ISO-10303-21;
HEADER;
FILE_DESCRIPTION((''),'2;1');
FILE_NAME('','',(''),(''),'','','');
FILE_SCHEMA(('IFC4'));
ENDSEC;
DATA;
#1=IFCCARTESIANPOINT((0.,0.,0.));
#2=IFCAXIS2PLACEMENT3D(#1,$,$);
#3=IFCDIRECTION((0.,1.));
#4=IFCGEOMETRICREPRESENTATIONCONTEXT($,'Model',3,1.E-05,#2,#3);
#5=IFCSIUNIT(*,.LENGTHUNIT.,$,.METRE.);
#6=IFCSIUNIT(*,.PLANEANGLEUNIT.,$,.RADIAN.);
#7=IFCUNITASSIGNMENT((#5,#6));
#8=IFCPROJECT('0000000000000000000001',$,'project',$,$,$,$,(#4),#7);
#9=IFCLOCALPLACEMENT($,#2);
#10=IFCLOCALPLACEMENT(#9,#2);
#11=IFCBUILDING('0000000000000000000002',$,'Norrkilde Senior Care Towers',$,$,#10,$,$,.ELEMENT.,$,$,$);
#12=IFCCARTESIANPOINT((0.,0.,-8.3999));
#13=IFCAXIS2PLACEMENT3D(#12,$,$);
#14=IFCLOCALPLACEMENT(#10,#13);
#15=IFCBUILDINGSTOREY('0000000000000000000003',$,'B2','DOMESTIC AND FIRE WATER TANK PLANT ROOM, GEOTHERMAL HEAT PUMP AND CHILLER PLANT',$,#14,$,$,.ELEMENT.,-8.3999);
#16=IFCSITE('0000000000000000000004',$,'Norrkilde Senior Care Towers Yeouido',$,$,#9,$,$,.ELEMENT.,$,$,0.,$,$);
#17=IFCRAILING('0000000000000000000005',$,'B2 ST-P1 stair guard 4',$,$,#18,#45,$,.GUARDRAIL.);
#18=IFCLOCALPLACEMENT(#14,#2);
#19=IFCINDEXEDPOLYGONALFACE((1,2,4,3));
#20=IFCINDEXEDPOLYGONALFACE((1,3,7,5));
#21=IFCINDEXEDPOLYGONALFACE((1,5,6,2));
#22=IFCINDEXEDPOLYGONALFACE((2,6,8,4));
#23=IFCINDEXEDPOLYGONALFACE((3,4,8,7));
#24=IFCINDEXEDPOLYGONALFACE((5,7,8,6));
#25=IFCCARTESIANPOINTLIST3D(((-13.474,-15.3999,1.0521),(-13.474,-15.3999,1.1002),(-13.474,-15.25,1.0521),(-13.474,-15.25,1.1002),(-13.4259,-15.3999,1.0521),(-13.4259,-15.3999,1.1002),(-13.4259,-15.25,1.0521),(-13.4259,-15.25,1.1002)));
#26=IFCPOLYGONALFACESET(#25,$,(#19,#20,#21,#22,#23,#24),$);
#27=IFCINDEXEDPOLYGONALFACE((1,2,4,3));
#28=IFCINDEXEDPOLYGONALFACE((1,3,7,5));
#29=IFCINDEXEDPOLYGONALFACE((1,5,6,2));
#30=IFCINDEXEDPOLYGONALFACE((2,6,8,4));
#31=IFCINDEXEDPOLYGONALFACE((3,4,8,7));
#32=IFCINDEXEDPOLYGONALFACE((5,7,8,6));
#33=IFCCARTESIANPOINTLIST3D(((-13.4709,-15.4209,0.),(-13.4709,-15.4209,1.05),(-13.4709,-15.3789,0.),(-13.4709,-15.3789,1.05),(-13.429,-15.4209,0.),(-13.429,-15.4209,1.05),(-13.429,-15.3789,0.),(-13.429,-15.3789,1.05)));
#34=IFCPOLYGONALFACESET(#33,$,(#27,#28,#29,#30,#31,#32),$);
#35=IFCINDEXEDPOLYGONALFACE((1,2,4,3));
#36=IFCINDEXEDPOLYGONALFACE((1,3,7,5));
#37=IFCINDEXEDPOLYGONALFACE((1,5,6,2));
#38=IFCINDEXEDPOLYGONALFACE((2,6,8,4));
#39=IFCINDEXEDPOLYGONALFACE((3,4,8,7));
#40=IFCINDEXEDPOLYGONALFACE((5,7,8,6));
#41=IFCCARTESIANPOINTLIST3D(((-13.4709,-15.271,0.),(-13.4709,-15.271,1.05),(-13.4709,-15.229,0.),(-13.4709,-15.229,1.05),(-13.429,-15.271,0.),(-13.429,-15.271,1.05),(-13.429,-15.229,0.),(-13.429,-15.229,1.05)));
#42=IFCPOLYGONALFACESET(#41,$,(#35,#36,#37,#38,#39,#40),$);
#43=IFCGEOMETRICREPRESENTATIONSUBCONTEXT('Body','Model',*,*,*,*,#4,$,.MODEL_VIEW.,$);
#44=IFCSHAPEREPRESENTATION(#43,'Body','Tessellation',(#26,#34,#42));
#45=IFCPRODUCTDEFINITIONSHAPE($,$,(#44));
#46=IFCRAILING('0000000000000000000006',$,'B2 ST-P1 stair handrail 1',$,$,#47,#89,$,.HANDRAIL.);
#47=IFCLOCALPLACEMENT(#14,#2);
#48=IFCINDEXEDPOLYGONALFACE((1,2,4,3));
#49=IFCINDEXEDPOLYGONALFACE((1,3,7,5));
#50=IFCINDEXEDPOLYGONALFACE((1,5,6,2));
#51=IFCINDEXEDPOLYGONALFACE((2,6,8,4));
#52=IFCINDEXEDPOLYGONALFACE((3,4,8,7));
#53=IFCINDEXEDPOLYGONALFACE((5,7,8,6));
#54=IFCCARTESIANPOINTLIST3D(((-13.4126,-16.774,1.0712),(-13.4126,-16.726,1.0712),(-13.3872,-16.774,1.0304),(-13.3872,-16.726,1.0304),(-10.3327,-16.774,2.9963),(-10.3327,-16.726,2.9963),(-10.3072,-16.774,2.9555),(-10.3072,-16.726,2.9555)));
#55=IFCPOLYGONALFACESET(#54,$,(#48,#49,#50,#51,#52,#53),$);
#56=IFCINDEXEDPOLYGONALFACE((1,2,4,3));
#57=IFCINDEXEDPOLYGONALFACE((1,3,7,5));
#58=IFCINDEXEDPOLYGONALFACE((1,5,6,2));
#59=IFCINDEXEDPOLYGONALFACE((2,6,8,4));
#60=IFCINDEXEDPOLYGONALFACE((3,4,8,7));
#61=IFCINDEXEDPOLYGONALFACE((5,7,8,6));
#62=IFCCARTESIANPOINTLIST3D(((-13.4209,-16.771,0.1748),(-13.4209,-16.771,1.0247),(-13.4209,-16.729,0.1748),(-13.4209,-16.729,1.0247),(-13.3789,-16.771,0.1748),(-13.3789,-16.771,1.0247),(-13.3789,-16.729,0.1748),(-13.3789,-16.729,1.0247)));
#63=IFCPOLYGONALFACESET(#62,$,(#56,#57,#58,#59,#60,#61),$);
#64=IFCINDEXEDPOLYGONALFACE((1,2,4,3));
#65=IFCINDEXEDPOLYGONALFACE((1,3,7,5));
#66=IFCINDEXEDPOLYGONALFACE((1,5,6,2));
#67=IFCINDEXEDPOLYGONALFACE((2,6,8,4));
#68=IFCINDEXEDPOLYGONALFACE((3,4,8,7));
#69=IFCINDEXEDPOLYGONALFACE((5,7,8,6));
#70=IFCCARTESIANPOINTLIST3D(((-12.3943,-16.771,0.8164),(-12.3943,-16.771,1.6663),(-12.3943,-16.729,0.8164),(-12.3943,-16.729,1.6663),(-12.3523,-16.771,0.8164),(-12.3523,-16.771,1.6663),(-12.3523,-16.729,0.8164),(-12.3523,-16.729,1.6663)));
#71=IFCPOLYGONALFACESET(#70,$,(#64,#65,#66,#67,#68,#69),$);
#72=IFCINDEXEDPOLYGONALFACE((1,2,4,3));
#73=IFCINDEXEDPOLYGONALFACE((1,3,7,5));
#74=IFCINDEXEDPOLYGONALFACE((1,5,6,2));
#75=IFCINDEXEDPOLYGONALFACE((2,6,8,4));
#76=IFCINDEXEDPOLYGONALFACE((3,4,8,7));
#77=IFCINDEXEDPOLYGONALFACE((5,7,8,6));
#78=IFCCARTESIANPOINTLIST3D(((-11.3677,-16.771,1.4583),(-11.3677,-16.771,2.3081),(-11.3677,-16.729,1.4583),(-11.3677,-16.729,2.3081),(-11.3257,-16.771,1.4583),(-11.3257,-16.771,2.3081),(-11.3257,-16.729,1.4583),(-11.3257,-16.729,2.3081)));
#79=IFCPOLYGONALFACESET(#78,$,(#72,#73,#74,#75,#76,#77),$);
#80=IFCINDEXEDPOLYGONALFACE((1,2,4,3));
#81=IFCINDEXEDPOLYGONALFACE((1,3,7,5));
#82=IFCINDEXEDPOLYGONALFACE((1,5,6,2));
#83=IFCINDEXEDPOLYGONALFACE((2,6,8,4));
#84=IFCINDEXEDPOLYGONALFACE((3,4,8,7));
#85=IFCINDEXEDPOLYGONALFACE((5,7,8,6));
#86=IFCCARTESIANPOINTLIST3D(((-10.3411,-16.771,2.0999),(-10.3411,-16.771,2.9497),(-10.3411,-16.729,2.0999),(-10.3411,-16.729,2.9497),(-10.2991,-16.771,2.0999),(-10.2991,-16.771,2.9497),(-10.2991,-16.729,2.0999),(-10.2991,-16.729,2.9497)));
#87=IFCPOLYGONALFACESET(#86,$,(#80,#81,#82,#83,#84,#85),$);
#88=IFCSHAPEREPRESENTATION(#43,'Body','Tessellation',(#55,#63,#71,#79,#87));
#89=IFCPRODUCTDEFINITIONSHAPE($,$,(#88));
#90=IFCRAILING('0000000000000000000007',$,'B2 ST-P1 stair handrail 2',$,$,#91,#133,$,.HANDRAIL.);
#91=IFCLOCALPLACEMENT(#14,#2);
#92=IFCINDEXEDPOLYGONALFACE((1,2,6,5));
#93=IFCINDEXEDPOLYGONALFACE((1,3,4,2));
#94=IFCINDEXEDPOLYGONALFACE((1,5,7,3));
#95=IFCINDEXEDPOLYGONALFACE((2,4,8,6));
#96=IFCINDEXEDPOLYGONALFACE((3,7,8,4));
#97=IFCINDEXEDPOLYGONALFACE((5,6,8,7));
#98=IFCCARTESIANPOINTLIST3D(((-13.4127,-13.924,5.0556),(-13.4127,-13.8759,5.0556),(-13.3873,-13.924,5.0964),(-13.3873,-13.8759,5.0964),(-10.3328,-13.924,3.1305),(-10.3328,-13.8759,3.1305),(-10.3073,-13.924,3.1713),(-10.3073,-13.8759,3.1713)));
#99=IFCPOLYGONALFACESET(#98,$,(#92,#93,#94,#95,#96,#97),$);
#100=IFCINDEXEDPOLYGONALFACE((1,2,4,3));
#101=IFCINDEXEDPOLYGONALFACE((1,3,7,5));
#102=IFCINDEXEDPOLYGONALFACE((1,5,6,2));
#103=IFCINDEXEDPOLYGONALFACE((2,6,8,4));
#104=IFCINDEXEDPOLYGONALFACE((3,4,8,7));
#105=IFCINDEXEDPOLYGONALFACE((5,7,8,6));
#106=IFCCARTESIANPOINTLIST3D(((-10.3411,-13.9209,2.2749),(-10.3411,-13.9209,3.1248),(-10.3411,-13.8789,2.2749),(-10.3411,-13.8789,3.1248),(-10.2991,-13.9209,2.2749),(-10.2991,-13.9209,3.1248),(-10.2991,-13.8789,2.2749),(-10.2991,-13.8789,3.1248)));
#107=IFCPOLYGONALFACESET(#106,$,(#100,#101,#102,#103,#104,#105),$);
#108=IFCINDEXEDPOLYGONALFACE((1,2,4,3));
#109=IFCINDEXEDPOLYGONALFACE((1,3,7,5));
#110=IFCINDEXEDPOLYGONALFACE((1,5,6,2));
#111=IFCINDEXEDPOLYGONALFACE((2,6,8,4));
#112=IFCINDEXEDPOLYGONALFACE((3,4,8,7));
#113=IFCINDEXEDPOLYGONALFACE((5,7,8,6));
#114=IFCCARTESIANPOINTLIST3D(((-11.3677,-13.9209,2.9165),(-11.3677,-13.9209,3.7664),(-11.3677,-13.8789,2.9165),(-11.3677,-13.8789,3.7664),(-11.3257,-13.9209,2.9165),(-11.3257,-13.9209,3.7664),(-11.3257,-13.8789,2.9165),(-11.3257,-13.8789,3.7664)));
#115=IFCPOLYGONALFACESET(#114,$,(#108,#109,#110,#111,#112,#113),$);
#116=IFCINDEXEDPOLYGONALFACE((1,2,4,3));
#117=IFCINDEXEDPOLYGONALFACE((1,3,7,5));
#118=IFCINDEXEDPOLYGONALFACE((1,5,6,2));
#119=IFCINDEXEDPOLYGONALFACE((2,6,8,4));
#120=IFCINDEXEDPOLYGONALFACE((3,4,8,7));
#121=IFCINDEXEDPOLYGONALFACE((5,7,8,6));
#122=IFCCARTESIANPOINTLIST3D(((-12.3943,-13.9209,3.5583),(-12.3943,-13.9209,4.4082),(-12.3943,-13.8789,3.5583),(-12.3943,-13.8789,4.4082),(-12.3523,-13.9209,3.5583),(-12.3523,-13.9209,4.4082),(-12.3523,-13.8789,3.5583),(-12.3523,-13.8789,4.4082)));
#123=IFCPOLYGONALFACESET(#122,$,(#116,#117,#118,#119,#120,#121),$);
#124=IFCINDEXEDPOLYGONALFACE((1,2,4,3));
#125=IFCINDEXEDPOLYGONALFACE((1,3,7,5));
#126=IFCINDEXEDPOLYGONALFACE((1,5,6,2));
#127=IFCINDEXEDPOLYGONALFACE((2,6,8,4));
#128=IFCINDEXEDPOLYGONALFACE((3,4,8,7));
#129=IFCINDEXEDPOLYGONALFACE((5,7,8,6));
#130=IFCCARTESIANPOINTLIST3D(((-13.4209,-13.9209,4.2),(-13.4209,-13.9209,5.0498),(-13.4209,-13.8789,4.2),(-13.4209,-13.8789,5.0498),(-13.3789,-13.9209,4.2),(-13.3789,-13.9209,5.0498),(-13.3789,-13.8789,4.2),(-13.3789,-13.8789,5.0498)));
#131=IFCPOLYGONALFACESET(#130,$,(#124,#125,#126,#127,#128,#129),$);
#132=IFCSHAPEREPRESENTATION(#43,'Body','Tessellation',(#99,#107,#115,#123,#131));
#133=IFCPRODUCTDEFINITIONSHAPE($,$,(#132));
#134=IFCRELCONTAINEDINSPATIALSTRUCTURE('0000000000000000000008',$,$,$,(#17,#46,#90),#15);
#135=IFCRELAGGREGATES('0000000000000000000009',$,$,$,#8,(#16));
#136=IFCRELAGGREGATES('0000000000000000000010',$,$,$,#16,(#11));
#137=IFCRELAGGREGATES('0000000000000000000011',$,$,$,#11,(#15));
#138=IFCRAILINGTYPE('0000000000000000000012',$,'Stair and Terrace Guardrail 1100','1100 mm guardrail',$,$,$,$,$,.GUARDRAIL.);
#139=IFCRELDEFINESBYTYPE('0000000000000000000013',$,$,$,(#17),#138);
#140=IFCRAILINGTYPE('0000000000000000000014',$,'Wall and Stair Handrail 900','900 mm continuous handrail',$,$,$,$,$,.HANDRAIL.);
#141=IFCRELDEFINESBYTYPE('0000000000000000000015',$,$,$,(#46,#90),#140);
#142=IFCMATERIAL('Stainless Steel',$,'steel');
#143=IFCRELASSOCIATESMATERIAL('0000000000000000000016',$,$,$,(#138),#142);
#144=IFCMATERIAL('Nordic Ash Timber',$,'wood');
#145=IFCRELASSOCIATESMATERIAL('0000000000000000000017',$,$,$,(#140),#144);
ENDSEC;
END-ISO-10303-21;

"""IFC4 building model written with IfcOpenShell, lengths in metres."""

from ifc_helpers import new_model, si_unit, direction, frame, origin, origin_2d, place, context, subcontext, project, spatial, rectangle, extrude, material, type_object, element, save


model = new_model("IFC4")

# Units and contexts
model_context = context("Model", 3, precision=1e-05, world=origin(), true_north=direction((0.0, 1.0)))
body_context = subcontext(model_context, "Body", "Model", "MODEL_VIEW")
ifc_project = project(units=[si_unit("LENGTHUNIT", "METRE"), si_unit("PLANEANGLEUNIT", "RADIAN")], contexts=[model_context])

# Site, building, storey
site_placement = place(None, origin())
site = spatial("IfcSite", under=ifc_project, at=site_placement, Name="Norrkilde Senior Care Towers Yeouido", CompositionType="ELEMENT", RefElevation=0.0)
building_placement = place(site_placement, origin())
building = spatial("IfcBuilding", under=site, at=building_placement, Name="Norrkilde Senior Care Towers", CompositionType="ELEMENT")
storey_placement = place(building_placement, frame((0.0, 0.0, -8.3999)))
storey = spatial("IfcBuildingStorey", under=building, at=storey_placement, Name="B2", Description="DOMESTIC AND FIRE WATER TANK PLANT ROOM, GEOTHERMAL HEAT PUMP AND CHILLER PLANT", CompositionType="ELEMENT", Elevation=-8.3999)

# Railings
ifc_material_1 = material(Name="Stainless Steel", Category="steel")
railing_type_1 = type_object("IfcRailingType", Name="Stair and Terrace Guardrail 1100", Description="1100 mm guardrail", PredefinedType="GUARDRAIL", material=ifc_material_1)
railing_1_placement = place(storey_placement, frame((-13.45, -15.3999, 0.0)))
element("IfcRailing", 1, at=railing_1_placement, inside=storey, type_object=railing_type_1, Name="B2 ST-P1 stair guard 4", PredefinedType="GUARDRAIL", context=body_context, shape_type="SweptSolid", body=[
    extrude(rectangle(XDim=0.0481, YDim=0.0481, at=origin_2d()), frame((0.0, 0.0, 1.0762), z_axis=(0.0, 1.0, 0.0), x_axis=(-1.0, 0.0, 0.0)), (0.0, 0.0, 1.0), 0.1499),
    extrude(rectangle(XDim=0.042, YDim=0.042, at=origin_2d()), origin(), (0.0, 0.0, 1.0), 1.05),
    extrude(rectangle(XDim=0.042, YDim=0.042, at=origin_2d()), frame((0.0, 0.1499, 0.0)), (0.0, 0.0, 1.0), 1.05),
])
ifc_material_2 = material(Name="Nordic Ash Timber", Category="wood")
railing_type_2 = type_object("IfcRailingType", Name="Wall and Stair Handrail 900", Description="900 mm continuous handrail", PredefinedType="HANDRAIL", material=ifc_material_2)
railing_2_placement = place(storey_placement, frame((-13.3999, -16.75, 0.1748)))
element("IfcRailing", 2, at=railing_2_placement, inside=storey, type_object=railing_type_2, Name="B2 ST-P1 stair handrail 1", PredefinedType="HANDRAIL", context=body_context, shape_type="SweptSolid", body=[
    extrude(rectangle(XDim=0.0481, YDim=0.0481, at=origin_2d()), frame((0.0, 0.0, 0.876), z_axis=(0.847979, 0.0, 0.530029), x_axis=(0.0, 1.0, 0.0)), (0.0, 0.0, 1.0), 3.6321),
    extrude(rectangle(XDim=0.042, YDim=0.042, at=origin_2d()), origin(), (0.0, 0.0, 1.0), 0.8499),
    extrude(rectangle(XDim=0.042, YDim=0.042, at=origin_2d()), frame((1.0266, 0.0, 0.6416)), (0.0, 0.0, 1.0), 0.8499),
    extrude(rectangle(XDim=0.042, YDim=0.042, at=origin_2d()), frame((2.0532, 0.0, 1.2834)), (0.0, 0.0, 1.0), 0.8499),
    extrude(rectangle(XDim=0.042, YDim=0.042, at=origin_2d()), frame((3.0798, 0.0, 1.925)), (0.0, 0.0, 1.0), 0.8499),
])
railing_3_placement = place(storey_placement, frame((-10.3201, -13.8999, 2.2749)))
element("IfcRailing", 3, at=railing_3_placement, inside=storey, type_object=railing_type_2, Name="B2 ST-P1 stair handrail 2", PredefinedType="HANDRAIL", context=body_context, shape_type="SweptSolid", body=[
    extrude(rectangle(XDim=0.0481, YDim=0.0481, at=origin_2d()), frame((0.0, 0.0, 0.876), z_axis=(-0.847979, 0.0, 0.530029), x_axis=(0.0, -1.0, 0.0)), (0.0, 0.0, 1.0), 3.6321),
    extrude(rectangle(XDim=0.042, YDim=0.042, at=origin_2d()), origin(), (0.0, 0.0, 1.0), 0.8499),
    extrude(rectangle(XDim=0.042, YDim=0.042, at=origin_2d()), frame((-1.0266, 0.0, 0.6416)), (0.0, 0.0, 1.0), 0.8499),
    extrude(rectangle(XDim=0.042, YDim=0.042, at=origin_2d()), frame((-2.0532, 0.0, 1.2834)), (0.0, 0.0, 1.0), 0.8499),
    extrude(rectangle(XDim=0.042, YDim=0.042, at=origin_2d()), frame((-3.0798, 0.0, 1.925)), (0.0, 0.0, 1.0), 0.8499),
])

save(model, "model.ifc")
